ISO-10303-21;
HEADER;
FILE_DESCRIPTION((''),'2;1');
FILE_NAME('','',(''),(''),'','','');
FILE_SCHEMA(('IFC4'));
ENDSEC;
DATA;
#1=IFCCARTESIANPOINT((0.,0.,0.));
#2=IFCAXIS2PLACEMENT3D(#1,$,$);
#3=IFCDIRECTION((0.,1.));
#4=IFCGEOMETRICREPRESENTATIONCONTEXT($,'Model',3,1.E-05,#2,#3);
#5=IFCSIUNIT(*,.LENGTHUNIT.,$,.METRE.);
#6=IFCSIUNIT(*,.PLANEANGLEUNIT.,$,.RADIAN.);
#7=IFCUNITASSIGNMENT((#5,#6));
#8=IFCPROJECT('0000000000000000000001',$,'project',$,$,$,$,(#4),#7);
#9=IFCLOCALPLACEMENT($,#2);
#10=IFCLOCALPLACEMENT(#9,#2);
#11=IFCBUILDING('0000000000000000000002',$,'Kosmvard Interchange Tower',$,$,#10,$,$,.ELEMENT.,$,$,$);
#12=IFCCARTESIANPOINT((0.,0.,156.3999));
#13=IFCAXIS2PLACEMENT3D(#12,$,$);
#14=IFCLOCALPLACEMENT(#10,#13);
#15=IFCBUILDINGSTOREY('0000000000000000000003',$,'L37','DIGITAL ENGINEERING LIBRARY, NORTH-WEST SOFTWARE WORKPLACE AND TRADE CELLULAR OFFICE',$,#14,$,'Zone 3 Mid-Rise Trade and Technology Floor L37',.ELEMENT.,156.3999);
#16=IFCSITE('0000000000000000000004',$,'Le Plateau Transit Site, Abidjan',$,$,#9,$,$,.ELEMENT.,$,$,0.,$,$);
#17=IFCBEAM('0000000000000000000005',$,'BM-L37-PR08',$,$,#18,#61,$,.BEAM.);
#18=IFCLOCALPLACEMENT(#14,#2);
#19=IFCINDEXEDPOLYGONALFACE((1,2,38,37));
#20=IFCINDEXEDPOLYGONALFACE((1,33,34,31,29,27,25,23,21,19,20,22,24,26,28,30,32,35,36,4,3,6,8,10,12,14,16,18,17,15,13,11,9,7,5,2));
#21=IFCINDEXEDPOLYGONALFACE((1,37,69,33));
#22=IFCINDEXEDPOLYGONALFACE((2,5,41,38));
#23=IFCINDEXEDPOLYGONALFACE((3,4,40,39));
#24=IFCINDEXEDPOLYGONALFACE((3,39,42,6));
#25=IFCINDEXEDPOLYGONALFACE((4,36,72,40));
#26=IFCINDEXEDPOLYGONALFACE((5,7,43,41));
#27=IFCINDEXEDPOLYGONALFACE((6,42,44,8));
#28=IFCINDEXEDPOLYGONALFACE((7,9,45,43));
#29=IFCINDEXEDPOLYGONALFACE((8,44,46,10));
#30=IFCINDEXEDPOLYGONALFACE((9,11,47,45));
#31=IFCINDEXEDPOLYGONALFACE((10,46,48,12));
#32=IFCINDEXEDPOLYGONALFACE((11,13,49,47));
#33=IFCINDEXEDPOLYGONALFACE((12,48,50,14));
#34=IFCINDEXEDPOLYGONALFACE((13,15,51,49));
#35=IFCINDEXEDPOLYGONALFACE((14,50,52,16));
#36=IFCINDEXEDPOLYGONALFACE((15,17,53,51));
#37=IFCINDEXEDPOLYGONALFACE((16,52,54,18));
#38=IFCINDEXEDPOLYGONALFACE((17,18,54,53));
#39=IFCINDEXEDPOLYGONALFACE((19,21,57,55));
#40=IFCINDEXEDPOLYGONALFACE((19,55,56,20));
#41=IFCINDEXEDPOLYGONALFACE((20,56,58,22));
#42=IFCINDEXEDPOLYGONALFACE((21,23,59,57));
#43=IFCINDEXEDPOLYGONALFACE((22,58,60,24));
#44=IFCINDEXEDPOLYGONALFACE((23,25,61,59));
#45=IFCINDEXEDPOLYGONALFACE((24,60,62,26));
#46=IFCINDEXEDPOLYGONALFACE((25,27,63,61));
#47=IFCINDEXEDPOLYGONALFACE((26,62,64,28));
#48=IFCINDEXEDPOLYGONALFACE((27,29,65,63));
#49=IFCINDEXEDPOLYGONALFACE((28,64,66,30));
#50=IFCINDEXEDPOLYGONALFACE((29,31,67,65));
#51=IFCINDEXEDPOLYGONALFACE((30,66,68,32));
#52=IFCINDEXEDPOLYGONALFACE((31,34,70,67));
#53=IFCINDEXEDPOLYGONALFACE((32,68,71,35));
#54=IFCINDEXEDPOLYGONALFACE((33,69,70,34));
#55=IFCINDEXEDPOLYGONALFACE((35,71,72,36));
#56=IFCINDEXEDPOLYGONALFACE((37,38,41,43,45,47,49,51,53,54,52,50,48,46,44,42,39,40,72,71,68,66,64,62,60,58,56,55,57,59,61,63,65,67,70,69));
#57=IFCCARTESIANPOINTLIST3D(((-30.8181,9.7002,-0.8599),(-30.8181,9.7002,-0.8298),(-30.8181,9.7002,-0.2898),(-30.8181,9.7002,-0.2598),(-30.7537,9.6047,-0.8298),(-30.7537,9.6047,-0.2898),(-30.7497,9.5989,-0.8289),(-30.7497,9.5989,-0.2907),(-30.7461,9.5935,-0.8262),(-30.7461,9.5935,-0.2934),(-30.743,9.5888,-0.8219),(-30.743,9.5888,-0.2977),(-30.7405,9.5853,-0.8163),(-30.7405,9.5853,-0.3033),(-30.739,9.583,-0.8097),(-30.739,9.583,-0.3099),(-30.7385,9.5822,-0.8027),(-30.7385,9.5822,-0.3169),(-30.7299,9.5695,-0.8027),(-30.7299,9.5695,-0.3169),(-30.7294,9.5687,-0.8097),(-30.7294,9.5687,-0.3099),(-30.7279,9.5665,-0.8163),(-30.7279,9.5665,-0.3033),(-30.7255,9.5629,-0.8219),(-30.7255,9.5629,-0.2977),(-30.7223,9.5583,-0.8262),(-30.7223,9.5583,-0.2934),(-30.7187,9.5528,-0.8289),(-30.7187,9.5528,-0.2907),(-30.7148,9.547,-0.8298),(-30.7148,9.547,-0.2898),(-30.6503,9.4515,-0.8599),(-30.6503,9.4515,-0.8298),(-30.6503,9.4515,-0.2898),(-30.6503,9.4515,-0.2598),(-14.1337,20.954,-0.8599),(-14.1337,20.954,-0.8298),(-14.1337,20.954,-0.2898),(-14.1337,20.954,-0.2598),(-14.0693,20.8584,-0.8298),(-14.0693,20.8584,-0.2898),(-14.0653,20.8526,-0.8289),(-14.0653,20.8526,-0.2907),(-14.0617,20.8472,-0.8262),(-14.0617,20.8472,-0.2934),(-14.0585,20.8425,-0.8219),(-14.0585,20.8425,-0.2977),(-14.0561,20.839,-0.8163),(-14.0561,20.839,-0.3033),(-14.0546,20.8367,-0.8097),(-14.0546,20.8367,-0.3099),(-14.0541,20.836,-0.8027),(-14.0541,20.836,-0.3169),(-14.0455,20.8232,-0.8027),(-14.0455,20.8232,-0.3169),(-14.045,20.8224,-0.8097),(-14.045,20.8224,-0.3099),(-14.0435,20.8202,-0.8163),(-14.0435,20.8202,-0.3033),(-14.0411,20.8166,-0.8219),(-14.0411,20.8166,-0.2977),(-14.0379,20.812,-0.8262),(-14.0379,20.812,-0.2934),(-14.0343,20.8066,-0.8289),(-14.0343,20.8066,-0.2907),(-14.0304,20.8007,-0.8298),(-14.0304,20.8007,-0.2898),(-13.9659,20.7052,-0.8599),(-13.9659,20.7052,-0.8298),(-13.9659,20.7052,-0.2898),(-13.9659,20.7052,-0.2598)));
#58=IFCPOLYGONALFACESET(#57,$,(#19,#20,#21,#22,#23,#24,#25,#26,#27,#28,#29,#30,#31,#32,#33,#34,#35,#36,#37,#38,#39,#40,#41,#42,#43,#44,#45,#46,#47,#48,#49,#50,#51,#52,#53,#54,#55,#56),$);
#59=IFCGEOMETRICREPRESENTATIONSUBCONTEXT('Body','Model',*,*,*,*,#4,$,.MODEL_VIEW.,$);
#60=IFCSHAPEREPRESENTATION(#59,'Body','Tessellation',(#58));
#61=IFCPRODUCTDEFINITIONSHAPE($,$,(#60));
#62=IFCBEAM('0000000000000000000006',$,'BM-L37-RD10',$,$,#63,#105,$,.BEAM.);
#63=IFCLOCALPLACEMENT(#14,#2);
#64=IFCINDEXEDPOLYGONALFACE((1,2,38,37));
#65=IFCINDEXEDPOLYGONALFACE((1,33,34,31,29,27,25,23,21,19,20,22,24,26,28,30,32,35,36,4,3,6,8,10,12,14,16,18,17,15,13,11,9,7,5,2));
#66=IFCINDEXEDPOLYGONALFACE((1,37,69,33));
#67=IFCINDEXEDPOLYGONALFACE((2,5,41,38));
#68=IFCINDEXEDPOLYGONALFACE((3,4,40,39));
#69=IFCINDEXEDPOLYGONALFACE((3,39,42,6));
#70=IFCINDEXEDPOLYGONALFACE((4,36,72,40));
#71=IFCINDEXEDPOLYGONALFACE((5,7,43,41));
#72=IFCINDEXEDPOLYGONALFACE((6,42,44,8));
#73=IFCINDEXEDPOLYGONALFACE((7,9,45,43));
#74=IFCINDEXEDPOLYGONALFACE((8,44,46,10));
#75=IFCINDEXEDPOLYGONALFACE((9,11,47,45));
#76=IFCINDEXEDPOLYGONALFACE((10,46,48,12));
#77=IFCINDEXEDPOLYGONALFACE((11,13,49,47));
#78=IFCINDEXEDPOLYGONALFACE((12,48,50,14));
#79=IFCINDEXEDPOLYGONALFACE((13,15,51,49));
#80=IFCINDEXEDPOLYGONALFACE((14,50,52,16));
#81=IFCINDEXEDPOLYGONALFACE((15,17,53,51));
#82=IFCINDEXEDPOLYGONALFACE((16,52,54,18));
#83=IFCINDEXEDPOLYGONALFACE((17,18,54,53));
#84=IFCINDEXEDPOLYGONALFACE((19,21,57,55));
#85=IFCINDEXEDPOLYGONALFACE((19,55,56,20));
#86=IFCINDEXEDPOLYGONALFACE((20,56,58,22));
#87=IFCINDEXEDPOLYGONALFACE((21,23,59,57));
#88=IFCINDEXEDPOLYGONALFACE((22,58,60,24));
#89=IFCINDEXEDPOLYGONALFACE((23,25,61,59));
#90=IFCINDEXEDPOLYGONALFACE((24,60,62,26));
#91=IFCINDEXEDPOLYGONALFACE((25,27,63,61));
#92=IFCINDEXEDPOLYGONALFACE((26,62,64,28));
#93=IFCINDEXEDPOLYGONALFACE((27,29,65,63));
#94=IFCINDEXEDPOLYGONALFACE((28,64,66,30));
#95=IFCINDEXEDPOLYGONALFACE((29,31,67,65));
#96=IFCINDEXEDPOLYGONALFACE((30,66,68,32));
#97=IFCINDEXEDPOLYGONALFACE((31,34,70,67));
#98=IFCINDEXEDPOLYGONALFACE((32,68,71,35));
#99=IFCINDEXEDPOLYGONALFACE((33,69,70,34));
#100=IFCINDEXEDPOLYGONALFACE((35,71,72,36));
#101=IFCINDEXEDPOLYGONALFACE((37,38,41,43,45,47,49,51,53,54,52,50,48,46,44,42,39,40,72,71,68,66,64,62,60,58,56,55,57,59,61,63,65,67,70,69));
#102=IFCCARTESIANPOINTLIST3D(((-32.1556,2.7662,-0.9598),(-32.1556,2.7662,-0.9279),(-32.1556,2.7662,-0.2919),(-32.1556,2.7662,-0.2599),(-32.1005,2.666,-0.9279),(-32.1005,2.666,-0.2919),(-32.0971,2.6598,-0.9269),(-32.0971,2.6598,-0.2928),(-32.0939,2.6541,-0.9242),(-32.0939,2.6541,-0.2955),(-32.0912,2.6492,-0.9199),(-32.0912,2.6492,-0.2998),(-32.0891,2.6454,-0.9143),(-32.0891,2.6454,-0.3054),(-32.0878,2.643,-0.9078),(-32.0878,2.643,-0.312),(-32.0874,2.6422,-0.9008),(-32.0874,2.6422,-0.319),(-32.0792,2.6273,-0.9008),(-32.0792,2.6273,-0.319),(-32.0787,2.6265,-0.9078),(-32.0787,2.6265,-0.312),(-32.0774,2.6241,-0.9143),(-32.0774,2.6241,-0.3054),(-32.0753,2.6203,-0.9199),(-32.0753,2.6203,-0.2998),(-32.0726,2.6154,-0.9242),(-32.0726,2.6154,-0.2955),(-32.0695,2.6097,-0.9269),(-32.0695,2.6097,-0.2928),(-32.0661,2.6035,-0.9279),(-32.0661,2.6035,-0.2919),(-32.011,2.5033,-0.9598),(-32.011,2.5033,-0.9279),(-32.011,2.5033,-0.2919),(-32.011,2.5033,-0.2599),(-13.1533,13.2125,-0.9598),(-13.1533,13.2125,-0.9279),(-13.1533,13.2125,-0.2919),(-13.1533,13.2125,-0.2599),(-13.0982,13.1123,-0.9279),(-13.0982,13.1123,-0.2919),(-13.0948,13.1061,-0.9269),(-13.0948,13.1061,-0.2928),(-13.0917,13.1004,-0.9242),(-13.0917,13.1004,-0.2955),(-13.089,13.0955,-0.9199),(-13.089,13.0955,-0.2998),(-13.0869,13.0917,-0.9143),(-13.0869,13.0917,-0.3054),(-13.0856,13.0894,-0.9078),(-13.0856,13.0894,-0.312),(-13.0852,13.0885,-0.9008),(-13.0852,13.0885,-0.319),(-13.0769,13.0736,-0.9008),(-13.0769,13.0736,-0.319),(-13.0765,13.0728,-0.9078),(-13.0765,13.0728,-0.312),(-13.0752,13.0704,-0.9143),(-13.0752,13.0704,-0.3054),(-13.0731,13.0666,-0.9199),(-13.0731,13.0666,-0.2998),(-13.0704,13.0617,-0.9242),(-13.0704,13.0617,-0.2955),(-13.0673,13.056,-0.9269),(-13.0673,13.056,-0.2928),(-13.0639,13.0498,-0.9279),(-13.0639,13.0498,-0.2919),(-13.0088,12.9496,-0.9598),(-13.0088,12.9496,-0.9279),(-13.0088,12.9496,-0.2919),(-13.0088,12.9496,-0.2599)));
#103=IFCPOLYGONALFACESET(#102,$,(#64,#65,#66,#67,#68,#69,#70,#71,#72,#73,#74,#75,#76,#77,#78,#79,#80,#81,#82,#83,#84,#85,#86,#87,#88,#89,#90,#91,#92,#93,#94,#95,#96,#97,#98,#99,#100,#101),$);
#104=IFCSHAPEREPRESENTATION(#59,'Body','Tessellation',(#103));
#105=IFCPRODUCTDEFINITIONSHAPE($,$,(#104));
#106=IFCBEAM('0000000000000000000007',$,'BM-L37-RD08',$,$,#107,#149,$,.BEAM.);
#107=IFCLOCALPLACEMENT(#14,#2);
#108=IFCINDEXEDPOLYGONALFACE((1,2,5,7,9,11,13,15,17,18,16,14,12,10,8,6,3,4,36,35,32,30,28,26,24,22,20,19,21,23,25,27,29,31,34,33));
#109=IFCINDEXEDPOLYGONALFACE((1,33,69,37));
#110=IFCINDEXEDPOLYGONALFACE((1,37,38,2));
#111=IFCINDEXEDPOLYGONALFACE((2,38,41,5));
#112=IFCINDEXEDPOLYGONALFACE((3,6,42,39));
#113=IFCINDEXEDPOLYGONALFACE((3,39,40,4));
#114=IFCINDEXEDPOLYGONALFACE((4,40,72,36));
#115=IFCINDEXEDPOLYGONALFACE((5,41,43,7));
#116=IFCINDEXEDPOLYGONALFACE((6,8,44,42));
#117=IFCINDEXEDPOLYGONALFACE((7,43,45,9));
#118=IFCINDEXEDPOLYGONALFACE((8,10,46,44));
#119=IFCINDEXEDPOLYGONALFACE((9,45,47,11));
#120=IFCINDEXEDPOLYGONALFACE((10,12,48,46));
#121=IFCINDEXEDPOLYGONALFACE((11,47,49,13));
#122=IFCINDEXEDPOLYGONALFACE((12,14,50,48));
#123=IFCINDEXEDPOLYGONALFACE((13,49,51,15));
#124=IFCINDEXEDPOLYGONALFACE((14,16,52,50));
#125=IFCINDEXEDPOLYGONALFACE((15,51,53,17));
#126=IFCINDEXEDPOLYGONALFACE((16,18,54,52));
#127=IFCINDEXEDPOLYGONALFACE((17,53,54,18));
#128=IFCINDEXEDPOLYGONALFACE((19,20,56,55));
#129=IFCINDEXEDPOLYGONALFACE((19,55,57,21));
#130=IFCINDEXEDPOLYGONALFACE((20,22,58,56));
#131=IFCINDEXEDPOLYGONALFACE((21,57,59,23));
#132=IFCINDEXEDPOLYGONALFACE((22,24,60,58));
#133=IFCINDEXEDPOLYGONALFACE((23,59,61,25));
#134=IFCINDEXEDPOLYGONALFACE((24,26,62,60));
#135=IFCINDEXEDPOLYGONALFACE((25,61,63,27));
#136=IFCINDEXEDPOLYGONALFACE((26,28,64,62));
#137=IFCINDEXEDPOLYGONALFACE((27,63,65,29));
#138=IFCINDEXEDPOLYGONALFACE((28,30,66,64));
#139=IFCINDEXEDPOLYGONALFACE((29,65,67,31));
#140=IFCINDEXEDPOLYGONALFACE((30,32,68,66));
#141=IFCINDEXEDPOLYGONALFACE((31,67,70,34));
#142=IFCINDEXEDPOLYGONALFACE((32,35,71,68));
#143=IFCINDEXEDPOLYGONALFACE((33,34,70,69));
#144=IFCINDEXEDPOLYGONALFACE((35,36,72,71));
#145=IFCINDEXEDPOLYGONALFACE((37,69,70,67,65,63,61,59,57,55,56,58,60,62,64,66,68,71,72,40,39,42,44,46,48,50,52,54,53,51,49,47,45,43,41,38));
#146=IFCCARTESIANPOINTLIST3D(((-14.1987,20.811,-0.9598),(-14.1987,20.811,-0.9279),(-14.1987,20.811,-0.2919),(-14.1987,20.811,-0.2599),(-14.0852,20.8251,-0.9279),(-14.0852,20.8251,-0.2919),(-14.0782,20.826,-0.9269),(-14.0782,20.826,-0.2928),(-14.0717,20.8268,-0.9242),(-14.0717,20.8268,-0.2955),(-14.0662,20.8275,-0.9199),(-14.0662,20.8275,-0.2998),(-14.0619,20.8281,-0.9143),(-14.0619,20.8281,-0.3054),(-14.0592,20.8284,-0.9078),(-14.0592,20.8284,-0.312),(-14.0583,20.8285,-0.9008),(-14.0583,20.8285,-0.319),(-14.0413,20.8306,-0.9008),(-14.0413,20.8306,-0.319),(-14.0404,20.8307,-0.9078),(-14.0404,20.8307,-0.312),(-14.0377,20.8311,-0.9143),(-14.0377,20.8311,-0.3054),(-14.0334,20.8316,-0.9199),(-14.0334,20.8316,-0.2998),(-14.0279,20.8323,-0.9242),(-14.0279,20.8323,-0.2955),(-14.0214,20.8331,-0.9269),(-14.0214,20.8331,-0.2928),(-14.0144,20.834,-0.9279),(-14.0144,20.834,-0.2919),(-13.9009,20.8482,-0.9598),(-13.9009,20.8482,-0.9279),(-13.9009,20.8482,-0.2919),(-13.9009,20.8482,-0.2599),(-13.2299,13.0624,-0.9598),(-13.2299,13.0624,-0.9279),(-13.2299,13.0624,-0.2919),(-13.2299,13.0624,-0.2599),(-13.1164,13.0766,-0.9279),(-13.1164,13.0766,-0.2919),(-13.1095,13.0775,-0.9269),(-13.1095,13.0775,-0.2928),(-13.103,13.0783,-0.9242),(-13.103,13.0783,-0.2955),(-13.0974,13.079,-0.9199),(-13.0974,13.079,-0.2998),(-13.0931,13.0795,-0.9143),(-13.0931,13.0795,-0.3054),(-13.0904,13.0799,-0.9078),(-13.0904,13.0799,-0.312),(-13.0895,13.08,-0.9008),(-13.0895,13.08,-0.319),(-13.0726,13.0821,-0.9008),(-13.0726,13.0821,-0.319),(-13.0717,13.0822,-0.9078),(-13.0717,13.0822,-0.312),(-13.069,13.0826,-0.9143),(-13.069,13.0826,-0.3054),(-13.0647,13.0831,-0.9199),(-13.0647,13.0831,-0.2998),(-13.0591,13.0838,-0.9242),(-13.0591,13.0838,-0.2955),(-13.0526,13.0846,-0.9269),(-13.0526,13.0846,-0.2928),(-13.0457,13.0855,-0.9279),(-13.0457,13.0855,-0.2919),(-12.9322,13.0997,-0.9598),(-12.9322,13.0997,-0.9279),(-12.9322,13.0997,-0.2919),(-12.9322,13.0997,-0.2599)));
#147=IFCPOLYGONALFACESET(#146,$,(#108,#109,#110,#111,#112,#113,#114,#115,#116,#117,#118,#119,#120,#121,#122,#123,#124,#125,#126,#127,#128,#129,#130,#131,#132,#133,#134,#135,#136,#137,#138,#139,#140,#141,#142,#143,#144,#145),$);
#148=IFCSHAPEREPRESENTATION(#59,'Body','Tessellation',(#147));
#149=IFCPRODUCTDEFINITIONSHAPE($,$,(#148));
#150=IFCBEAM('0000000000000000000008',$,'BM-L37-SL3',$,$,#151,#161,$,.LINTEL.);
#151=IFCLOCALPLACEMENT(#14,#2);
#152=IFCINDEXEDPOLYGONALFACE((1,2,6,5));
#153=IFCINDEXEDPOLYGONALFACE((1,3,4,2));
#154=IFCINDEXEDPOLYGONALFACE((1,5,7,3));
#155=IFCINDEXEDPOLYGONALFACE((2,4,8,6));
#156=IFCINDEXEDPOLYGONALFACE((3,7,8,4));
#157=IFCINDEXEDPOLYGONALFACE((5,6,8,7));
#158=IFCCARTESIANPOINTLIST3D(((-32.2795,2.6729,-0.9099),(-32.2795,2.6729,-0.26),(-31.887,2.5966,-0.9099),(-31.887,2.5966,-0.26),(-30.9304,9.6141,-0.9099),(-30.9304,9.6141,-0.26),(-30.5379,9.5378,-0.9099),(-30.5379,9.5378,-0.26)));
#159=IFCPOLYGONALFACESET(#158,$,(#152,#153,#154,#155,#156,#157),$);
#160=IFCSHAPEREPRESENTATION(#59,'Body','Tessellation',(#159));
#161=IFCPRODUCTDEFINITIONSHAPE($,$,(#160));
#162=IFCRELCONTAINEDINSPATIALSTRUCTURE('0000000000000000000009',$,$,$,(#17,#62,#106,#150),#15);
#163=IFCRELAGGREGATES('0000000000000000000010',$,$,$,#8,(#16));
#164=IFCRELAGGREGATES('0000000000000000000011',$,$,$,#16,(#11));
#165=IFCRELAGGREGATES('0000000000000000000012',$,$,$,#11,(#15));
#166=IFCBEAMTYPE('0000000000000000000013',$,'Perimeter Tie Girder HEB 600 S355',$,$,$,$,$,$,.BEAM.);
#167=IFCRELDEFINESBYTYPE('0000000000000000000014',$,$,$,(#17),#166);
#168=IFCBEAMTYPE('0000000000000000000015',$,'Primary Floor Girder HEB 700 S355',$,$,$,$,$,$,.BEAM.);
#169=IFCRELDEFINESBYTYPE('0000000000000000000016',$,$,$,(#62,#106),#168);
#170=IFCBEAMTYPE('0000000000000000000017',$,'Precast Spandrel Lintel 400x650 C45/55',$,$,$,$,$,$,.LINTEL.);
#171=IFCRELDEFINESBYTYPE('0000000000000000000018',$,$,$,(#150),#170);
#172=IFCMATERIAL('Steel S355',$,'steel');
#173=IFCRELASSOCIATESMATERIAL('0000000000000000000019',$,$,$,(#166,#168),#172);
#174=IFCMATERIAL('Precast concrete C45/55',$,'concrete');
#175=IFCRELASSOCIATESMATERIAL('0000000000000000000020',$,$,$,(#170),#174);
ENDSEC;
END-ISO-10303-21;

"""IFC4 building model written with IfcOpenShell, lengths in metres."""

from ifc_helpers import new_model, si_unit, direction, frame, origin, origin_2d, place, context, subcontext, project, spatial, rectangle, i_section, extrude, source, transform, mapped, material, material_profile, profile_set, type_object, element, save


model = new_model("IFC4")

# Units and contexts
model_context = context("Model", 3, precision=1e-05, world=origin(), true_north=direction((0.0, 1.0)))
body_context = subcontext(model_context, "Body", "Model", "MODEL_VIEW")
ifc_project = project(units=[si_unit("LENGTHUNIT", "METRE"), si_unit("PLANEANGLEUNIT", "RADIAN")], contexts=[model_context])

# Site, building, storey
site_placement = place(None, origin())
site = spatial("IfcSite", under=ifc_project, at=site_placement, Name="Le Plateau Transit Site, Abidjan", CompositionType="ELEMENT", RefElevation=0.0)
building_placement = place(site_placement, origin())
building = spatial("IfcBuilding", under=site, at=building_placement, Name="Kosmvard Interchange Tower", CompositionType="ELEMENT")
storey_placement = place(building_placement, frame((0.0, 0.0, 156.3999)))
storey = spatial("IfcBuildingStorey", under=building, at=storey_placement, Name="L37", Description="DIGITAL ENGINEERING LIBRARY, NORTH-WEST SOFTWARE WORKPLACE AND TRADE CELLULAR OFFICE", LongName="Zone 3 Mid-Rise Trade and Technology Floor L37", CompositionType="ELEMENT", Elevation=156.3999)

# Beams
ifc_material_1 = material(Name="Steel S355", Category="steel")
ifc_material_profile_1 = material_profile(ifc_material_1, i_section(OverallWidth=0.3, OverallDepth=0.6001, WebThickness=0.0154, FlangeThickness=0.03, FilletRadius=0.0271, at=origin_2d()), Name="HEB 600")
ifc_profile_set_1 = profile_set([ifc_material_profile_1], Name="Steel S355")
beam_type_1 = type_object("IfcBeamType", Name="Perimeter Tie Girder HEB 600 S355", PredefinedType="BEAM", material=ifc_profile_set_1)
shared_shape_1 = source(origin(), body_context, "Body", "SweptSolid", [
    extrude(i_section(OverallWidth=0.3, OverallDepth=0.6001, WebThickness=0.0154, FlangeThickness=0.03, FilletRadius=0.0271, at=origin_2d()), origin(), (0.0, 0.0, 1.0), 20.125),
])
beam_1_placement = place(storey_placement, frame((-14.0498, 20.8296, -0.5598), z_axis=(-0.829039, -0.559191, 0.0), x_axis=(0.559191, -0.829039, 0.0)))
element("IfcBeam", 1, at=beam_1_placement, inside=storey, type_object=beam_type_1, Name="BM-L37-PR08", PredefinedType="BEAM", context=body_context, shape_type="MappedRepresentation", body=[
    mapped(shared_shape_1, transform((0.0, 0.0, 0.0), scale=1.0)),
])
ifc_material_profile_2 = material_profile(ifc_material_1, i_section(OverallWidth=0.3, OverallDepth=0.7, WebThickness=0.0171, FlangeThickness=0.032, FilletRadius=0.0271, at=origin_2d()), Name="HEB 700")
ifc_profile_set_2 = profile_set([ifc_material_profile_2], Name="Steel S355")
beam_type_2 = type_object("IfcBeamType", Name="Primary Floor Girder HEB 700 S355", PredefinedType="BEAM", material=ifc_profile_set_2)
shared_shape_2 = source(origin(), body_context, "Body", "SweptSolid", [
    extrude(i_section(OverallWidth=0.3, OverallDepth=0.7, WebThickness=0.0171, FlangeThickness=0.032, FilletRadius=0.0271, at=origin_2d()), origin(), (0.0, 0.0, 1.0), 21.6843),
])
beam_2_placement = place(storey_placement, frame((-13.0811, 13.0811, -0.6099), z_axis=(-0.876312, -0.481745, 0.0), x_axis=(0.481745, -0.876312, 0.0)))
element("IfcBeam", 2, at=beam_2_placement, inside=storey, type_object=beam_type_2, Name="BM-L37-RD10", PredefinedType="BEAM", context=body_context, shape_type="MappedRepresentation", body=[
    mapped(shared_shape_2, transform((0.0, 0.0, 0.0), scale=1.0)),
])
shared_shape_3 = source(origin(), body_context, "Body", "SweptSolid", [
    extrude(i_section(OverallWidth=0.3, OverallDepth=0.7, WebThickness=0.0171, FlangeThickness=0.032, FilletRadius=0.0271, at=origin_2d()), origin(), (0.0, 0.0, 1.0), 7.8088),
])
beam_3_placement = place(storey_placement, frame((-13.0811, 13.0811, -0.6099), z_axis=(-0.124058, 0.992275, 0.0), x_axis=(-0.992275, -0.124058, 0.0)))
element("IfcBeam", 3, at=beam_3_placement, inside=storey, type_object=beam_type_2, Name="BM-L37-RD08", PredefinedType="BEAM", context=body_context, shape_type="MappedRepresentation", body=[
    mapped(shared_shape_3, transform((0.0, 0.0, 0.0), scale=1.0)),
])
ifc_material_2 = material(Name="Precast concrete C45/55", Category="concrete")
ifc_material_profile_3 = material_profile(ifc_material_2, rectangle(XDim=0.3999, YDim=0.6499, at=origin_2d()), Name="SL 400x650")
ifc_profile_set_3 = profile_set([ifc_material_profile_3], Name="Precast concrete C45/55")
beam_type_3 = type_object("IfcBeamType", Name="Precast Spandrel Lintel 400x650 C45/55", PredefinedType="LINTEL", material=ifc_profile_set_3)
shared_shape_4 = source(origin(), body_context, "Body", "SweptSolid", [
    extrude(rectangle(XDim=0.3999, YDim=0.6499, at=origin_2d()), origin(), (0.0, 0.0, 1.0), 7.071),
])
beam_4_placement = place(storey_placement, frame((-30.7341, 9.5759, -0.585), z_axis=(-0.190795, -0.98163, 0.0), x_axis=(0.98163, -0.190795, 0.0)))
element("IfcBeam", 4, at=beam_4_placement, inside=storey, type_object=beam_type_3, Name="BM-L37-SL3", PredefinedType="LINTEL", context=body_context, shape_type="MappedRepresentation", body=[
    mapped(shared_shape_4, transform((0.0, 0.0, 0.0), scale=1.0)),
])

save(model, "model.ifc")
